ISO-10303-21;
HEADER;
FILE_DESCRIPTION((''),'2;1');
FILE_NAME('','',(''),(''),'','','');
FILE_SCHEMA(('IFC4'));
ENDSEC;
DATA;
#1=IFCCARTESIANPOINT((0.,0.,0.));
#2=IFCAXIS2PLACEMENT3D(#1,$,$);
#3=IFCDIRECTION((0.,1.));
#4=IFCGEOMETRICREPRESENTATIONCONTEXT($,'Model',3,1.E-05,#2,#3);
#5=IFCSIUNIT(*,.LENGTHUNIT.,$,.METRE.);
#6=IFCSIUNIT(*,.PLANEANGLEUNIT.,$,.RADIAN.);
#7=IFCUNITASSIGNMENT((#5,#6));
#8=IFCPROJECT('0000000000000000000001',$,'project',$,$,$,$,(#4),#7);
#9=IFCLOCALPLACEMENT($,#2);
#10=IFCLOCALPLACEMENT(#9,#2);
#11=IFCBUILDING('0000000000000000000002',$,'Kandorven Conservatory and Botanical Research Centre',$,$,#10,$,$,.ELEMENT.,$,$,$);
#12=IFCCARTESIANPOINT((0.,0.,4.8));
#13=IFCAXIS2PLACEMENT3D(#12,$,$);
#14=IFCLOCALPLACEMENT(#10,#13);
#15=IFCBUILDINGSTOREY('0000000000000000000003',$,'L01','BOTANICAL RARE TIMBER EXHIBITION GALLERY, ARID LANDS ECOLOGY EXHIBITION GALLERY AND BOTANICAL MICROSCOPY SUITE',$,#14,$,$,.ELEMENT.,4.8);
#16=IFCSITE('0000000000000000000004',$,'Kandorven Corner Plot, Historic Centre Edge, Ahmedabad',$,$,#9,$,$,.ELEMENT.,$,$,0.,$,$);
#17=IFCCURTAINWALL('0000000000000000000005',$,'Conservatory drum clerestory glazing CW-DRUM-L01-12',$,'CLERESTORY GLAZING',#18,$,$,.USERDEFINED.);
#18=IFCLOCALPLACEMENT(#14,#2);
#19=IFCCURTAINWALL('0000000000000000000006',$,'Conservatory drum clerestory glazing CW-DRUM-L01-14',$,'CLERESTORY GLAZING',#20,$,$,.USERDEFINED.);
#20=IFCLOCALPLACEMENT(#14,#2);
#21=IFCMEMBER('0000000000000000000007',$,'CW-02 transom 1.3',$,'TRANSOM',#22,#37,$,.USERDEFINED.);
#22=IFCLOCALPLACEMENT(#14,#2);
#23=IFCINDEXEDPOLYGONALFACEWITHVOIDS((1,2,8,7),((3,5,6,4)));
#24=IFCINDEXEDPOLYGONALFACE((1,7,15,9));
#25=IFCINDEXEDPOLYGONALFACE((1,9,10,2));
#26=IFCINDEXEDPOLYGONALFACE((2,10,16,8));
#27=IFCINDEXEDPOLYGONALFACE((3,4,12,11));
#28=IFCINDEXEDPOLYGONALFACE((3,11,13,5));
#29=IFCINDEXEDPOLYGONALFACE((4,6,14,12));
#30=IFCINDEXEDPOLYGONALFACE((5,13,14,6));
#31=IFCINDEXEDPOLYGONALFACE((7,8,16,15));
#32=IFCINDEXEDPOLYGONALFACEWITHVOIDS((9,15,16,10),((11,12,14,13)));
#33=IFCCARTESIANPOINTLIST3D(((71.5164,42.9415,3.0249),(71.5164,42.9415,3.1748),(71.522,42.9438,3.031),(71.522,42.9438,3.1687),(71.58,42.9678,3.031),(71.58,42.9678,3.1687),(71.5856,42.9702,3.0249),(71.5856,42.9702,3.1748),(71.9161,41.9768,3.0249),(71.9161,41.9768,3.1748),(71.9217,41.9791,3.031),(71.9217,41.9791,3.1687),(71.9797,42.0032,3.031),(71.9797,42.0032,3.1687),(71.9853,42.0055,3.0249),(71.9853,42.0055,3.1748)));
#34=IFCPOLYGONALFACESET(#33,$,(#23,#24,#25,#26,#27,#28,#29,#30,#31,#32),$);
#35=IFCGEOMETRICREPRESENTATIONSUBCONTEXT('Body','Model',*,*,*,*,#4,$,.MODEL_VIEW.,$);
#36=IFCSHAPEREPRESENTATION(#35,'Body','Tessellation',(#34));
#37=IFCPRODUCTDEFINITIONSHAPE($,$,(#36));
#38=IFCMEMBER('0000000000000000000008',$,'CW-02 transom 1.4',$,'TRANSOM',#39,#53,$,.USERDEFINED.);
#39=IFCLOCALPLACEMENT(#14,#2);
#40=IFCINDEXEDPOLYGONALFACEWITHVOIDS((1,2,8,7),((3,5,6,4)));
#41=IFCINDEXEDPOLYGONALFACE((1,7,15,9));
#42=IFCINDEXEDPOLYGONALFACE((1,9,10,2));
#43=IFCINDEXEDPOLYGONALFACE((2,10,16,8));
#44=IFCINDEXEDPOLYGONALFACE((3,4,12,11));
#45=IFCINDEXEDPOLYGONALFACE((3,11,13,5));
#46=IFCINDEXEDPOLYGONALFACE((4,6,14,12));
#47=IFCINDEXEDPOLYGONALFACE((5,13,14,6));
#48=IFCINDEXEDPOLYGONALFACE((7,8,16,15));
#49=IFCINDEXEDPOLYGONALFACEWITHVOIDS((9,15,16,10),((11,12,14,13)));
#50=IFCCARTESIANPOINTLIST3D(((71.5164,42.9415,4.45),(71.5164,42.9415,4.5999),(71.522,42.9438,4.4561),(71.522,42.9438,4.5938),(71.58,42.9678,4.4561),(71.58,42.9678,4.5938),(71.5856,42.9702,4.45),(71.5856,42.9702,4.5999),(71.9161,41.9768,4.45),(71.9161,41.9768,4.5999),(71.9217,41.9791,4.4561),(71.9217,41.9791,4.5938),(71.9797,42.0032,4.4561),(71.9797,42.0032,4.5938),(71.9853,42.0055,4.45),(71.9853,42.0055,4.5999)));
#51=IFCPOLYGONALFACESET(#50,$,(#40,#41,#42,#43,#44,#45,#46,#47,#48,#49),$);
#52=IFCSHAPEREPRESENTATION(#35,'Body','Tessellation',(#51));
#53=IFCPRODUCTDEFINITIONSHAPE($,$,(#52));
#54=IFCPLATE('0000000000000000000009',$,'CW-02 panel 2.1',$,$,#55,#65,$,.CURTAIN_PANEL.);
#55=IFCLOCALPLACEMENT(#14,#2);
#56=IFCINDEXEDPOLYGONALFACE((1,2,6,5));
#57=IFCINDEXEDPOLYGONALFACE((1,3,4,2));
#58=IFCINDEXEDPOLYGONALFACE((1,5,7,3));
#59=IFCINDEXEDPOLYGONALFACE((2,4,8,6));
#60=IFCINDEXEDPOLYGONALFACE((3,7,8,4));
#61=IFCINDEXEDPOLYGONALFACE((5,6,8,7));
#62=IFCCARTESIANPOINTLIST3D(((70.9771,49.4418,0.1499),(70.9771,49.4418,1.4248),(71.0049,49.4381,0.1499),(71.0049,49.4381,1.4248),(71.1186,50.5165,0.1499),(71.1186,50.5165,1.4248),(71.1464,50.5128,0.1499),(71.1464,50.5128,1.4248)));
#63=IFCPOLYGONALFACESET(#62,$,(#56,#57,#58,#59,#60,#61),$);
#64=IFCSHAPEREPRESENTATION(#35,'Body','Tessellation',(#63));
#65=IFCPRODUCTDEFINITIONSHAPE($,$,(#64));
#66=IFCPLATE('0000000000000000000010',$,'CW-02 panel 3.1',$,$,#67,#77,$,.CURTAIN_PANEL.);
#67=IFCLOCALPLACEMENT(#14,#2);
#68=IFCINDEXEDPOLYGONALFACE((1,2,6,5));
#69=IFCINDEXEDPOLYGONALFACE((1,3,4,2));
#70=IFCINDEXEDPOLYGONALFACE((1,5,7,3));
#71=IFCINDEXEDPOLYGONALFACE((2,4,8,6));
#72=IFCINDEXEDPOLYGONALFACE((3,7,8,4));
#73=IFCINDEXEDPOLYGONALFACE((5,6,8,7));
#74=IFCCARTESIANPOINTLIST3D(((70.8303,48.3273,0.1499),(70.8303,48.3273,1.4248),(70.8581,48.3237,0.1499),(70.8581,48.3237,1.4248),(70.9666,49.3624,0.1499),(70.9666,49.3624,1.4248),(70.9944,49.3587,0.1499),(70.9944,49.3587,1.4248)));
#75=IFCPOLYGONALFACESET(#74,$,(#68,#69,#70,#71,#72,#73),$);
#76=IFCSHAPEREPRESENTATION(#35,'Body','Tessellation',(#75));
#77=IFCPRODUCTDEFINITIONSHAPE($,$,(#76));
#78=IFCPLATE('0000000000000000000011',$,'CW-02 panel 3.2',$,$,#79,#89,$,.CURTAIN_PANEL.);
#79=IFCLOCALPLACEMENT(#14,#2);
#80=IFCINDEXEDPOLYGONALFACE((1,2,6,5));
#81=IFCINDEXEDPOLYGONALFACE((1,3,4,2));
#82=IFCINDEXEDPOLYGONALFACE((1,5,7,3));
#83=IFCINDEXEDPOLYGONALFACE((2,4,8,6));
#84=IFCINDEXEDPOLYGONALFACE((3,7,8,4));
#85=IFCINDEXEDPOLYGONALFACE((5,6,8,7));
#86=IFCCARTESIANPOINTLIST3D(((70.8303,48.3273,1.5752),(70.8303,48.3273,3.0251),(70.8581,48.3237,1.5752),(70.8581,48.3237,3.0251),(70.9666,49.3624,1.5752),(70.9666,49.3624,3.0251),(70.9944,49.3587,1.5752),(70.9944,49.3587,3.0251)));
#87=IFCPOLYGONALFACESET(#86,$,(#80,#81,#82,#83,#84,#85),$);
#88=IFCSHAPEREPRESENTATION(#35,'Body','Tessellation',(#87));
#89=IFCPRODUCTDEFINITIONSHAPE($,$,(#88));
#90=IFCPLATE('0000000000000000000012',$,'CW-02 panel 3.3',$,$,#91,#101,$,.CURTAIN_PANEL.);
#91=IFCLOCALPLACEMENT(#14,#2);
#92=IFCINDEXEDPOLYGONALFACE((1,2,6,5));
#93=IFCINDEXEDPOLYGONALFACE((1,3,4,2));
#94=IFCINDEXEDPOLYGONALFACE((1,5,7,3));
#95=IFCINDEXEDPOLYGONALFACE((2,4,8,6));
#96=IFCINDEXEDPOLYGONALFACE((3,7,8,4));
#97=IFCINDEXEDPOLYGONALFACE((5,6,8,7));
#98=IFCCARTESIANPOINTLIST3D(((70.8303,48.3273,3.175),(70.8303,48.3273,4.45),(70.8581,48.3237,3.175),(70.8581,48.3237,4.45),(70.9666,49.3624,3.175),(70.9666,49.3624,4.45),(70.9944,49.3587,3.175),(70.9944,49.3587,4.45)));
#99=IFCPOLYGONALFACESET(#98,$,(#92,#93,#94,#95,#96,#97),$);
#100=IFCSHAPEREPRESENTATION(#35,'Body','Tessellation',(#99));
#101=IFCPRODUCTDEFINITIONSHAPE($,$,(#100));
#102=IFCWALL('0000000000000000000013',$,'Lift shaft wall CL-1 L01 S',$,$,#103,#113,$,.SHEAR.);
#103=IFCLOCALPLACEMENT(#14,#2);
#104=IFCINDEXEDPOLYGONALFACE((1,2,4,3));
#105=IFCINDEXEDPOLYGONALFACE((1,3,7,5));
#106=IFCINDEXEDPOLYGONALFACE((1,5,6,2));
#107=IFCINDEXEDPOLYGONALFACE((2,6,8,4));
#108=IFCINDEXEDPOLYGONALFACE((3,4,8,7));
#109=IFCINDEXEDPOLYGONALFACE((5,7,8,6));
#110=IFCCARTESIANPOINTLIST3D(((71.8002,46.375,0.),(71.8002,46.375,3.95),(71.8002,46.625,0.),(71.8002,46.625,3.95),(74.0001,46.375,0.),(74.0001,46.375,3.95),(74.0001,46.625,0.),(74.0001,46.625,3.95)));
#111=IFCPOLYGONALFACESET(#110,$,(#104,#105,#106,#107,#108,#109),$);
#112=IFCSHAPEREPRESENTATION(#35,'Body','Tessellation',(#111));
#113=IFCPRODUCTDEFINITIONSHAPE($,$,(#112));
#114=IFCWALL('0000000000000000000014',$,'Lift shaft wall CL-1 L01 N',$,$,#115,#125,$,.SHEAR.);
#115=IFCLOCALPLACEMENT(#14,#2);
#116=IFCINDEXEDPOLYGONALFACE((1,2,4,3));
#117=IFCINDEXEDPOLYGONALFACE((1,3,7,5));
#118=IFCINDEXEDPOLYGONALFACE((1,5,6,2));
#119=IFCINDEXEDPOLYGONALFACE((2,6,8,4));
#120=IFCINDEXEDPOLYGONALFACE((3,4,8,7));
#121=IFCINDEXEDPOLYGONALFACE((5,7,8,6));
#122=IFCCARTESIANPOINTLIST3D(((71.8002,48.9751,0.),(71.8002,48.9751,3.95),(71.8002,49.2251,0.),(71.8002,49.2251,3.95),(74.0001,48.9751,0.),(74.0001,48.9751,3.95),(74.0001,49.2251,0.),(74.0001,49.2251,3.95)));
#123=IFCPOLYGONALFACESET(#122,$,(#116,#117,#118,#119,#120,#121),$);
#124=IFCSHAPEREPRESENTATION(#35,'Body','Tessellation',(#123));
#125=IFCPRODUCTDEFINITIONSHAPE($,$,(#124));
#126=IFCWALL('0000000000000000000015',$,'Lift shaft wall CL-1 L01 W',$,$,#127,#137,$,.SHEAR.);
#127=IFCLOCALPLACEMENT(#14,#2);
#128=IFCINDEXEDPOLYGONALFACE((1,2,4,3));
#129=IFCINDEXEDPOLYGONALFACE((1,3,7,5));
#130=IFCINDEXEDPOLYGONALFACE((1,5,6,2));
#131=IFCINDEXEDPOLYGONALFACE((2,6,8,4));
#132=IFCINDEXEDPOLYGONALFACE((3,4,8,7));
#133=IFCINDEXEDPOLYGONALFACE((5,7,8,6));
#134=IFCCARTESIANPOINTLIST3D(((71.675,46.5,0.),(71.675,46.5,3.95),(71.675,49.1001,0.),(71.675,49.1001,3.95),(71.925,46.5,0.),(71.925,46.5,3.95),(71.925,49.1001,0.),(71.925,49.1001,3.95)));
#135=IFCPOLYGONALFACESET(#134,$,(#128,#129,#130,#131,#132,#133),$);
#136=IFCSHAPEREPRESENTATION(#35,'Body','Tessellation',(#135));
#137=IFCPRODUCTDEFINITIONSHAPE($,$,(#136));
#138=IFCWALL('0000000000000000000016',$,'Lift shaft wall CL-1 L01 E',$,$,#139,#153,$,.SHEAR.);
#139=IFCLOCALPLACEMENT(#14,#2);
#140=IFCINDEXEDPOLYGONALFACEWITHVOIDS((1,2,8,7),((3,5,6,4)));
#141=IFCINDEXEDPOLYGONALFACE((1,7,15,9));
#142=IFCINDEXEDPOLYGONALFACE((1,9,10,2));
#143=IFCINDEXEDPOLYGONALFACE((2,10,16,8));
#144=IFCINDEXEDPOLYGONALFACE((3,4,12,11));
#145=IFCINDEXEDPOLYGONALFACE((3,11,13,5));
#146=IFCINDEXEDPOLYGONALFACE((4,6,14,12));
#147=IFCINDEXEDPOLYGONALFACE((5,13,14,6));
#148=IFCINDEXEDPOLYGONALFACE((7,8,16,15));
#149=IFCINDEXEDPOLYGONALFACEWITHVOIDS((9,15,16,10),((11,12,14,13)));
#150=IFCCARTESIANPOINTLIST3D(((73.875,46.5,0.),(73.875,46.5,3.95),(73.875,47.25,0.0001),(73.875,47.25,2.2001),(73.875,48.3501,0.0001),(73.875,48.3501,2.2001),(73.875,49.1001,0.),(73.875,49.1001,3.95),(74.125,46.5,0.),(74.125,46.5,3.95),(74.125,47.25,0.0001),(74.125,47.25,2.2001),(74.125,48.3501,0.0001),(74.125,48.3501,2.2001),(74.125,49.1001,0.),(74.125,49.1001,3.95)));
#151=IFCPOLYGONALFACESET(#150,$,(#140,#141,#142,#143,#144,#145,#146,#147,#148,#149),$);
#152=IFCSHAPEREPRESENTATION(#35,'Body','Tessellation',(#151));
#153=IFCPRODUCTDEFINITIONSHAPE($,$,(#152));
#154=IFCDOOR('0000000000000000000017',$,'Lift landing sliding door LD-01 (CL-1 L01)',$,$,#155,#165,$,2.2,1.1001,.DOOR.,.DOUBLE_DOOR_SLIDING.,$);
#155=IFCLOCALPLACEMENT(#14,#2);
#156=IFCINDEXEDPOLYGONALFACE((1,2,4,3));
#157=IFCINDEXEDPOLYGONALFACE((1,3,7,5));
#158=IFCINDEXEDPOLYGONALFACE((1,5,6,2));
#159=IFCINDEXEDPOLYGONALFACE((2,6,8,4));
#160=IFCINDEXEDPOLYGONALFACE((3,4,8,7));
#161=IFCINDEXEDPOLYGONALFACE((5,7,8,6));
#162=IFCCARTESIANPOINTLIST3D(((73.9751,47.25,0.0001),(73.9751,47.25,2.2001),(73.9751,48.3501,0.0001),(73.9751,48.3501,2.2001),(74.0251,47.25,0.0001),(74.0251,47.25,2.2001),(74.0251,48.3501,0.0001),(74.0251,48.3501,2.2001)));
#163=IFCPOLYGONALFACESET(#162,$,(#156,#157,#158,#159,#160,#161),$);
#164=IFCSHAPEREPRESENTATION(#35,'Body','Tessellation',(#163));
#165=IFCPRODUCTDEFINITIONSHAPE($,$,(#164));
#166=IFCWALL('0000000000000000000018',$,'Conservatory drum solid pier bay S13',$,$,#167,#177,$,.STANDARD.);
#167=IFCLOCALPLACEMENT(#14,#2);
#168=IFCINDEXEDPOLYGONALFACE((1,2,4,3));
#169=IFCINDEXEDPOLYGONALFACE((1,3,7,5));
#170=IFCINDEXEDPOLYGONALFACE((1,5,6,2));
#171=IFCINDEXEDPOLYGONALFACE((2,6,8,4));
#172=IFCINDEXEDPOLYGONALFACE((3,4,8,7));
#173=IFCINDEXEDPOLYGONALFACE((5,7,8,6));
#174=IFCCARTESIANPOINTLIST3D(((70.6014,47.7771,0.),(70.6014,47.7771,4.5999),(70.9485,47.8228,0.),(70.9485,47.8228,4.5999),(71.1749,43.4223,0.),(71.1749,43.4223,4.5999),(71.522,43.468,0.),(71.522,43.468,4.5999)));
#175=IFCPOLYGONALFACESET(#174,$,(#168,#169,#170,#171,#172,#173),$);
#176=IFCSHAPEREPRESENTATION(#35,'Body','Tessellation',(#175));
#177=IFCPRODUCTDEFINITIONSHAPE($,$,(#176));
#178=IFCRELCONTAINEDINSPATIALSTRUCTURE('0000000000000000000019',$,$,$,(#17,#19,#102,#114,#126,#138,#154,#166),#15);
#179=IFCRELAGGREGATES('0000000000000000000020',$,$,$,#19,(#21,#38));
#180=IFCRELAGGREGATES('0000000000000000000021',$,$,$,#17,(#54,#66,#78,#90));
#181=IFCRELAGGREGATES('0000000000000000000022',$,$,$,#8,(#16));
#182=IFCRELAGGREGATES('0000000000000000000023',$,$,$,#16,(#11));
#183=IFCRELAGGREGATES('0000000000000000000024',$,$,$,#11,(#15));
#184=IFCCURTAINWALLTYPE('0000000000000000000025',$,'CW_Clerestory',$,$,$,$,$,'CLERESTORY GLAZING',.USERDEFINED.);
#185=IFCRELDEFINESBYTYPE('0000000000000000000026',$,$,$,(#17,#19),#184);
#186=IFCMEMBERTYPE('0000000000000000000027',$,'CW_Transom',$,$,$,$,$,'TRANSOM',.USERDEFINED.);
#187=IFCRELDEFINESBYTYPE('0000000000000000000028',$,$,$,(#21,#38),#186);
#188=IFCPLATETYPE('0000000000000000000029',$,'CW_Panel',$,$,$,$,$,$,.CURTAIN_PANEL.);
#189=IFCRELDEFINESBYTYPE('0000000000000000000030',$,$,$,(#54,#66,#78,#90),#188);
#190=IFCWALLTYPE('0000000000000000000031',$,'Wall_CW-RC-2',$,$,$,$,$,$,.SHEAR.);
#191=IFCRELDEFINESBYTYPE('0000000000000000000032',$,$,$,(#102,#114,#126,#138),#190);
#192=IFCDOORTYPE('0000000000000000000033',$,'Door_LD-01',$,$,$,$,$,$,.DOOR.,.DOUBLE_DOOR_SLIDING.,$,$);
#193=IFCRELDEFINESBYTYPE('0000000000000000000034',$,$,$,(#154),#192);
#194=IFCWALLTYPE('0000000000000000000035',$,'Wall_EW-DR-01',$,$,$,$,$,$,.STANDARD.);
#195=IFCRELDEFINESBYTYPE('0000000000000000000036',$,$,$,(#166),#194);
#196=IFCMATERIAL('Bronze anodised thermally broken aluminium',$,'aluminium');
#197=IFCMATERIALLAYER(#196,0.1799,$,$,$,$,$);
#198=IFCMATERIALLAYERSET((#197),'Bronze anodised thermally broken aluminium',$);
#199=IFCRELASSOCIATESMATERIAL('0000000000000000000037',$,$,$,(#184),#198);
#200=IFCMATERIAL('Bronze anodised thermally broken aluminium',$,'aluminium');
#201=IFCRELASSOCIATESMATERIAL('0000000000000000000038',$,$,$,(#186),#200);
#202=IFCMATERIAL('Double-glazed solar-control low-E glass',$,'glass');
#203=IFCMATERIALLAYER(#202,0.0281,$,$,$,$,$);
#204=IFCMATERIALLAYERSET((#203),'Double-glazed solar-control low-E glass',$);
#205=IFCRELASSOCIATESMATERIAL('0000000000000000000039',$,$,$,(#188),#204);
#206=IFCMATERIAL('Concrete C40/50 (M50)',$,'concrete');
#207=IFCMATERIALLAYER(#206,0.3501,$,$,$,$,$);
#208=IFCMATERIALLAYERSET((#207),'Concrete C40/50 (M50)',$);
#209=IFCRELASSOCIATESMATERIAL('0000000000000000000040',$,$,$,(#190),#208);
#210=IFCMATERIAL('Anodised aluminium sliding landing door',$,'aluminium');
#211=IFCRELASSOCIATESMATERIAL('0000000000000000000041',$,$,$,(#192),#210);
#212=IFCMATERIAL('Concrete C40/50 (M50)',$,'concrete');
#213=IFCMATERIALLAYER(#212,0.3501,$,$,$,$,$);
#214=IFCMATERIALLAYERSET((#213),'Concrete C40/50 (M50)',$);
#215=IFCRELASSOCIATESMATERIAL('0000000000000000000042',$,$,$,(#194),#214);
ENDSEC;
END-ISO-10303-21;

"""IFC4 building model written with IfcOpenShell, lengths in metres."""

from ifc_helpers import new_model, si_unit, direction, frame, frame_2d, origin, origin_2d, place, context, subcontext, project, spatial, rectangle, hollow_rectangle, extrude, material, layer, layer_set, material_profile, profile_set, type_object, element, fill, aggregate, save


model = new_model("IFC4")

# Units and contexts
model_context = context("Model", 3, precision=1e-05, world=origin(), true_north=direction((0.0, 1.0)))
body_context = subcontext(model_context, "Body", "Model", "MODEL_VIEW")
ifc_project = project(units=[si_unit("LENGTHUNIT", "METRE"), si_unit("PLANEANGLEUNIT", "RADIAN")], contexts=[model_context])

# Site, building, storey
site_placement = place(None, origin())
site = spatial("IfcSite", under=ifc_project, at=site_placement, Name="Kandorven Corner Plot, Historic Centre Edge, Ahmedabad", CompositionType="ELEMENT", RefElevation=0.0)
building_placement = place(site_placement, origin())
building = spatial("IfcBuilding", under=site, at=building_placement, Name="Kandorven Conservatory and Botanical Research Centre", CompositionType="ELEMENT")
storey_placement = place(building_placement, frame((0.0, 0.0, 4.8)))
storey = spatial("IfcBuildingStorey", under=building, at=storey_placement, Name="L01", Description="BOTANICAL RARE TIMBER EXHIBITION GALLERY, ARID LANDS ECOLOGY EXHIBITION GALLERY AND BOTANICAL MICROSCOPY SUITE", CompositionType="ELEMENT", Elevation=4.8)

# Curtain wall
ifc_material_1 = material(Name="Bronze anodised thermally broken aluminium", Category="aluminium")
ifc_layer_1 = layer(ifc_material_1, 0.1799)
ifc_layer_set_1 = layer_set([ifc_layer_1], Name="Bronze anodised thermally broken aluminium")
curtain_wall_type = type_object("IfcCurtainWallType", Name="CW_Clerestory", ElementType="CLERESTORY GLAZING", PredefinedType="USERDEFINED", material=ifc_layer_set_1)
curtain_wall_1_placement = place(storey_placement, origin())
curtain_wall_1 = element("IfcCurtainWall", 1, at=curtain_wall_1_placement, inside=storey, type_object=curtain_wall_type, Name="Conservatory drum clerestory glazing CW-DRUM-L01-12", ObjectType="CLERESTORY GLAZING", PredefinedType="USERDEFINED")

# Curtain wall
curtain_wall_2_placement = place(storey_placement, origin())
curtain_wall_2 = element("IfcCurtainWall", 2, at=curtain_wall_2_placement, inside=storey, type_object=curtain_wall_type, Name="Conservatory drum clerestory glazing CW-DRUM-L01-14", ObjectType="CLERESTORY GLAZING", PredefinedType="USERDEFINED")

# Members
ifc_material_2 = material(Name="Bronze anodised thermally broken aluminium", Category="aluminium")
ifc_material_profile_1 = material_profile(ifc_material_2, hollow_rectangle(XDim=0.075, YDim=0.1499, WallThickness=0.0061, at=origin_2d()))
ifc_profile_set_1 = profile_set([ifc_material_profile_1], Name="Bronze anodised thermally broken aluminium")
member_type_1 = type_object("IfcMemberType", Name="CW_Transom", ElementType="TRANSOM", PredefinedType="USERDEFINED", material=ifc_profile_set_1)
member_1_placement = place(storey_placement, frame((71.551, 42.9558, 3.0999), z_axis=(0.382772, -0.923843, 0.0), x_axis=(0.923843, 0.382772, 0.0)))
member_1 = element("IfcMember", 3, at=member_1_placement, type_object=member_type_1, Name="CW-02 transom 1.3", ObjectType="TRANSOM", PredefinedType="USERDEFINED", context=body_context, shape_type="SweptSolid", body=[
    extrude(hollow_rectangle(XDim=0.075, YDim=0.1499, WallThickness=0.0061, at=origin_2d()), origin(), (0.0, 0.0, 1.0), 1.0442),
])
member_2_placement = place(storey_placement, frame((71.551, 42.9558, 4.5249), z_axis=(0.382772, -0.923843, 0.0), x_axis=(0.923843, 0.382772, 0.0)))
member_2 = element("IfcMember", 4, at=member_2_placement, type_object=member_type_1, Name="CW-02 transom 1.4", ObjectType="TRANSOM", PredefinedType="USERDEFINED", context=body_context, shape_type="SweptSolid", body=[
    extrude(hollow_rectangle(XDim=0.075, YDim=0.1499, WallThickness=0.0061, at=origin_2d()), origin(), (0.0, 0.0, 1.0), 1.0442),
])
aggregate(curtain_wall_2, [member_1, member_2])

# Plates
ifc_material_3 = material(Name="Double-glazed solar-control low-E glass", Category="glass")
ifc_layer_2 = layer(ifc_material_3, 0.0281)
ifc_layer_set_2 = layer_set([ifc_layer_2], Name="Double-glazed solar-control low-E glass")
plate_type = type_object("IfcPlateType", Name="CW_Panel", PredefinedType="CURTAIN_PANEL", material=ifc_layer_set_2)
plate_1_placement = place(storey_placement, frame((71.0618, 49.9773, 0.1499), z_axis=(0.0, 0.0, 1.0), x_axis=(-0.130552, -0.991441, 0.0)))
plate_1 = element("IfcPlate", 5, at=plate_1_placement, type_object=plate_type, Name="CW-02 panel 2.1", PredefinedType="CURTAIN_PANEL", context=body_context, shape_type="SweptSolid", body=[
    extrude(rectangle(XDim=1.084, YDim=0.0281, at=origin_2d()), origin(), (0.0, 0.0, 1.0), 1.2749),
])
plate_2_placement = place(storey_placement, frame((70.9124, 48.843, 0.1499), z_axis=(0.0, 0.0, 1.0), x_axis=(-0.130552, -0.991441, 0.0)))
plate_2 = element("IfcPlate", 6, at=plate_2_placement, type_object=plate_type, Name="CW-02 panel 3.1", PredefinedType="CURTAIN_PANEL", context=body_context, shape_type="SweptSolid", body=[
    extrude(rectangle(XDim=1.0439, YDim=0.0281, at=origin_2d()), origin(), (0.0, 0.0, 1.0), 1.2749),
])
plate_3_placement = place(storey_placement, frame((70.9124, 48.843, 1.5752), z_axis=(0.0, 0.0, 1.0), x_axis=(-0.130552, -0.991441, 0.0)))
plate_3 = element("IfcPlate", 7, at=plate_3_placement, type_object=plate_type, Name="CW-02 panel 3.2", PredefinedType="CURTAIN_PANEL", context=body_context, shape_type="SweptSolid", body=[
    extrude(rectangle(XDim=1.0439, YDim=0.0281, at=origin_2d()), origin(), (0.0, 0.0, 1.0), 1.45),
])
plate_4_placement = place(storey_placement, frame((70.9124, 48.843, 3.175), z_axis=(0.0, 0.0, 1.0), x_axis=(-0.130552, -0.991441, 0.0)))
plate_4 = element("IfcPlate", 8, at=plate_4_placement, type_object=plate_type, Name="CW-02 panel 3.3", PredefinedType="CURTAIN_PANEL", context=body_context, shape_type="SweptSolid", body=[
    extrude(rectangle(XDim=1.0439, YDim=0.0281, at=origin_2d()), origin(), (0.0, 0.0, 1.0), 1.2749),
])
aggregate(curtain_wall_1, [plate_1, plate_2, plate_3, plate_4])

# Walls
ifc_material_4 = material(Name="Concrete C40/50 (M50)", Category="concrete")
ifc_layer_3 = layer(ifc_material_4, 0.3501)
ifc_layer_set_3 = layer_set([ifc_layer_3], Name="Concrete C40/50 (M50)")
wall_type_1 = type_object("IfcWallType", Name="Wall_CW-RC-2", PredefinedType="SHEAR", material=ifc_layer_set_3)
for number, where, z_axis, x_axis, name in (
    (9, (71.8, 46.5, 0.0), (0.0, 0.0, 1.0), (1.0, 0.0, 0.0), "Lift shaft wall CL-1 L01 S"),
    (10, (71.8, 49.1001, 0.0), (0.0, 0.0, 1.0), (1.0, 0.0, 0.0), "Lift shaft wall CL-1 L01 N"),
):
    element("IfcWall", number, at=place(storey_placement, frame(where, z_axis=z_axis, x_axis=x_axis)), inside=storey, type_object=wall_type_1, Name=name, PredefinedType="SHEAR", context=body_context, shape_type="SweptSolid", body=[
        extrude(rectangle(XDim=2.2, YDim=0.25, at=frame_2d((1.1001, 0.0))), origin(), (0.0, 0.0, 1.0), 3.95),
    ])
wall_1_placement = place(storey_placement, frame((71.8, 46.5, 0.0), z_axis=(0.0, 0.0, 1.0), x_axis=(0.0, 1.0, 0.0)))
element("IfcWall", 11, at=wall_1_placement, inside=storey, type_object=wall_type_1, Name="Lift shaft wall CL-1 L01 W", PredefinedType="SHEAR", context=body_context, shape_type="SweptSolid", body=[
    extrude(rectangle(XDim=2.6001, YDim=0.25, at=frame_2d((1.3, 0.0))), origin(), (0.0, 0.0, 1.0), 3.95),
])

# Wall, opening, door
wall_2_placement = place(storey_placement, frame((74.0, 46.5, 0.0), z_axis=(0.0, 0.0, 1.0), x_axis=(0.0, 1.0, 0.0)))
wall_2 = element("IfcWall", 12, at=wall_2_placement, inside=storey, type_object=wall_type_1, Name="Lift shaft wall CL-1 L01 E", PredefinedType="SHEAR", context=body_context, shape_type="SweptSolid", body=[
    extrude(rectangle(XDim=2.6001, YDim=0.25, at=frame_2d((1.3, 0.0))), origin(), (0.0, 0.0, 1.0), 3.95),
])
opening_placement = place(wall_2_placement, frame((0.75, 0.0, 0.0)))
opening = element("IfcOpeningElement", 13, at=opening_placement, cuts=wall_2, PredefinedType="OPENING", context=body_context, shape_type="SweptSolid", body=[
    extrude(rectangle(XDim=1.1001, YDim=2.2, at=frame_2d((0.55, 1.1001))), frame((0.0, 0.135, 0.0), z_axis=(0.0, -1.0, 0.0), x_axis=(1.0, 0.0, 0.0)), (0.0, 0.0, 1.0), 0.27),
])
ifc_material_5 = material(Name="Anodised aluminium sliding landing door", Category="aluminium")
door_type = type_object("IfcDoorType", Name="Door_LD-01", OperationType="DOUBLE_DOOR_SLIDING", PredefinedType="DOOR", material=ifc_material_5)
door_placement = place(opening_placement, origin())
door = element("IfcDoor", 14, at=door_placement, inside=storey, type_object=door_type, Name="Lift landing sliding door LD-01 (CL-1 L01)", OperationType="DOUBLE_DOOR_SLIDING", OverallHeight=2.2, OverallWidth=1.1001, PredefinedType="DOOR", context=body_context, shape_type="SweptSolid", body=[
    extrude(rectangle(XDim=1.1001, YDim=2.2, at=frame_2d((0.55, 1.1001))), frame((0.0, 0.0249, 0.0), z_axis=(0.0, -1.0, 0.0), x_axis=(1.0, 0.0, 0.0)), (0.0, 0.0, 1.0), 0.05),
])
fill(opening, door)

# Wall
ifc_material_6 = material(Name="Concrete C40/50 (M50)", Category="concrete")
ifc_layer_4 = layer(ifc_material_6, 0.3501)
ifc_layer_set_4 = layer_set([ifc_layer_4], Name="Concrete C40/50 (M50)")
wall_type_2 = type_object("IfcWallType", Name="Wall_EW-DR-01", PredefinedType="STANDARD", material=ifc_layer_set_4)
wall_3_placement = place(storey_placement, frame((70.7749, 47.8, 0.0), z_axis=(0.0, 0.0, 1.0), x_axis=(0.130565, -0.99144, 0.0)))
element("IfcWall", 15, at=wall_3_placement, inside=storey, type_object=wall_type_2, Name="Conservatory drum solid pier bay S13", PredefinedType="STANDARD", context=body_context, shape_type="SweptSolid", body=[
    extrude(rectangle(XDim=4.3923, YDim=0.3501, at=frame_2d((2.1963, 0.0))), origin(), (0.0, 0.0, 1.0), 4.5999),
])

save(model, "model.ifc")
